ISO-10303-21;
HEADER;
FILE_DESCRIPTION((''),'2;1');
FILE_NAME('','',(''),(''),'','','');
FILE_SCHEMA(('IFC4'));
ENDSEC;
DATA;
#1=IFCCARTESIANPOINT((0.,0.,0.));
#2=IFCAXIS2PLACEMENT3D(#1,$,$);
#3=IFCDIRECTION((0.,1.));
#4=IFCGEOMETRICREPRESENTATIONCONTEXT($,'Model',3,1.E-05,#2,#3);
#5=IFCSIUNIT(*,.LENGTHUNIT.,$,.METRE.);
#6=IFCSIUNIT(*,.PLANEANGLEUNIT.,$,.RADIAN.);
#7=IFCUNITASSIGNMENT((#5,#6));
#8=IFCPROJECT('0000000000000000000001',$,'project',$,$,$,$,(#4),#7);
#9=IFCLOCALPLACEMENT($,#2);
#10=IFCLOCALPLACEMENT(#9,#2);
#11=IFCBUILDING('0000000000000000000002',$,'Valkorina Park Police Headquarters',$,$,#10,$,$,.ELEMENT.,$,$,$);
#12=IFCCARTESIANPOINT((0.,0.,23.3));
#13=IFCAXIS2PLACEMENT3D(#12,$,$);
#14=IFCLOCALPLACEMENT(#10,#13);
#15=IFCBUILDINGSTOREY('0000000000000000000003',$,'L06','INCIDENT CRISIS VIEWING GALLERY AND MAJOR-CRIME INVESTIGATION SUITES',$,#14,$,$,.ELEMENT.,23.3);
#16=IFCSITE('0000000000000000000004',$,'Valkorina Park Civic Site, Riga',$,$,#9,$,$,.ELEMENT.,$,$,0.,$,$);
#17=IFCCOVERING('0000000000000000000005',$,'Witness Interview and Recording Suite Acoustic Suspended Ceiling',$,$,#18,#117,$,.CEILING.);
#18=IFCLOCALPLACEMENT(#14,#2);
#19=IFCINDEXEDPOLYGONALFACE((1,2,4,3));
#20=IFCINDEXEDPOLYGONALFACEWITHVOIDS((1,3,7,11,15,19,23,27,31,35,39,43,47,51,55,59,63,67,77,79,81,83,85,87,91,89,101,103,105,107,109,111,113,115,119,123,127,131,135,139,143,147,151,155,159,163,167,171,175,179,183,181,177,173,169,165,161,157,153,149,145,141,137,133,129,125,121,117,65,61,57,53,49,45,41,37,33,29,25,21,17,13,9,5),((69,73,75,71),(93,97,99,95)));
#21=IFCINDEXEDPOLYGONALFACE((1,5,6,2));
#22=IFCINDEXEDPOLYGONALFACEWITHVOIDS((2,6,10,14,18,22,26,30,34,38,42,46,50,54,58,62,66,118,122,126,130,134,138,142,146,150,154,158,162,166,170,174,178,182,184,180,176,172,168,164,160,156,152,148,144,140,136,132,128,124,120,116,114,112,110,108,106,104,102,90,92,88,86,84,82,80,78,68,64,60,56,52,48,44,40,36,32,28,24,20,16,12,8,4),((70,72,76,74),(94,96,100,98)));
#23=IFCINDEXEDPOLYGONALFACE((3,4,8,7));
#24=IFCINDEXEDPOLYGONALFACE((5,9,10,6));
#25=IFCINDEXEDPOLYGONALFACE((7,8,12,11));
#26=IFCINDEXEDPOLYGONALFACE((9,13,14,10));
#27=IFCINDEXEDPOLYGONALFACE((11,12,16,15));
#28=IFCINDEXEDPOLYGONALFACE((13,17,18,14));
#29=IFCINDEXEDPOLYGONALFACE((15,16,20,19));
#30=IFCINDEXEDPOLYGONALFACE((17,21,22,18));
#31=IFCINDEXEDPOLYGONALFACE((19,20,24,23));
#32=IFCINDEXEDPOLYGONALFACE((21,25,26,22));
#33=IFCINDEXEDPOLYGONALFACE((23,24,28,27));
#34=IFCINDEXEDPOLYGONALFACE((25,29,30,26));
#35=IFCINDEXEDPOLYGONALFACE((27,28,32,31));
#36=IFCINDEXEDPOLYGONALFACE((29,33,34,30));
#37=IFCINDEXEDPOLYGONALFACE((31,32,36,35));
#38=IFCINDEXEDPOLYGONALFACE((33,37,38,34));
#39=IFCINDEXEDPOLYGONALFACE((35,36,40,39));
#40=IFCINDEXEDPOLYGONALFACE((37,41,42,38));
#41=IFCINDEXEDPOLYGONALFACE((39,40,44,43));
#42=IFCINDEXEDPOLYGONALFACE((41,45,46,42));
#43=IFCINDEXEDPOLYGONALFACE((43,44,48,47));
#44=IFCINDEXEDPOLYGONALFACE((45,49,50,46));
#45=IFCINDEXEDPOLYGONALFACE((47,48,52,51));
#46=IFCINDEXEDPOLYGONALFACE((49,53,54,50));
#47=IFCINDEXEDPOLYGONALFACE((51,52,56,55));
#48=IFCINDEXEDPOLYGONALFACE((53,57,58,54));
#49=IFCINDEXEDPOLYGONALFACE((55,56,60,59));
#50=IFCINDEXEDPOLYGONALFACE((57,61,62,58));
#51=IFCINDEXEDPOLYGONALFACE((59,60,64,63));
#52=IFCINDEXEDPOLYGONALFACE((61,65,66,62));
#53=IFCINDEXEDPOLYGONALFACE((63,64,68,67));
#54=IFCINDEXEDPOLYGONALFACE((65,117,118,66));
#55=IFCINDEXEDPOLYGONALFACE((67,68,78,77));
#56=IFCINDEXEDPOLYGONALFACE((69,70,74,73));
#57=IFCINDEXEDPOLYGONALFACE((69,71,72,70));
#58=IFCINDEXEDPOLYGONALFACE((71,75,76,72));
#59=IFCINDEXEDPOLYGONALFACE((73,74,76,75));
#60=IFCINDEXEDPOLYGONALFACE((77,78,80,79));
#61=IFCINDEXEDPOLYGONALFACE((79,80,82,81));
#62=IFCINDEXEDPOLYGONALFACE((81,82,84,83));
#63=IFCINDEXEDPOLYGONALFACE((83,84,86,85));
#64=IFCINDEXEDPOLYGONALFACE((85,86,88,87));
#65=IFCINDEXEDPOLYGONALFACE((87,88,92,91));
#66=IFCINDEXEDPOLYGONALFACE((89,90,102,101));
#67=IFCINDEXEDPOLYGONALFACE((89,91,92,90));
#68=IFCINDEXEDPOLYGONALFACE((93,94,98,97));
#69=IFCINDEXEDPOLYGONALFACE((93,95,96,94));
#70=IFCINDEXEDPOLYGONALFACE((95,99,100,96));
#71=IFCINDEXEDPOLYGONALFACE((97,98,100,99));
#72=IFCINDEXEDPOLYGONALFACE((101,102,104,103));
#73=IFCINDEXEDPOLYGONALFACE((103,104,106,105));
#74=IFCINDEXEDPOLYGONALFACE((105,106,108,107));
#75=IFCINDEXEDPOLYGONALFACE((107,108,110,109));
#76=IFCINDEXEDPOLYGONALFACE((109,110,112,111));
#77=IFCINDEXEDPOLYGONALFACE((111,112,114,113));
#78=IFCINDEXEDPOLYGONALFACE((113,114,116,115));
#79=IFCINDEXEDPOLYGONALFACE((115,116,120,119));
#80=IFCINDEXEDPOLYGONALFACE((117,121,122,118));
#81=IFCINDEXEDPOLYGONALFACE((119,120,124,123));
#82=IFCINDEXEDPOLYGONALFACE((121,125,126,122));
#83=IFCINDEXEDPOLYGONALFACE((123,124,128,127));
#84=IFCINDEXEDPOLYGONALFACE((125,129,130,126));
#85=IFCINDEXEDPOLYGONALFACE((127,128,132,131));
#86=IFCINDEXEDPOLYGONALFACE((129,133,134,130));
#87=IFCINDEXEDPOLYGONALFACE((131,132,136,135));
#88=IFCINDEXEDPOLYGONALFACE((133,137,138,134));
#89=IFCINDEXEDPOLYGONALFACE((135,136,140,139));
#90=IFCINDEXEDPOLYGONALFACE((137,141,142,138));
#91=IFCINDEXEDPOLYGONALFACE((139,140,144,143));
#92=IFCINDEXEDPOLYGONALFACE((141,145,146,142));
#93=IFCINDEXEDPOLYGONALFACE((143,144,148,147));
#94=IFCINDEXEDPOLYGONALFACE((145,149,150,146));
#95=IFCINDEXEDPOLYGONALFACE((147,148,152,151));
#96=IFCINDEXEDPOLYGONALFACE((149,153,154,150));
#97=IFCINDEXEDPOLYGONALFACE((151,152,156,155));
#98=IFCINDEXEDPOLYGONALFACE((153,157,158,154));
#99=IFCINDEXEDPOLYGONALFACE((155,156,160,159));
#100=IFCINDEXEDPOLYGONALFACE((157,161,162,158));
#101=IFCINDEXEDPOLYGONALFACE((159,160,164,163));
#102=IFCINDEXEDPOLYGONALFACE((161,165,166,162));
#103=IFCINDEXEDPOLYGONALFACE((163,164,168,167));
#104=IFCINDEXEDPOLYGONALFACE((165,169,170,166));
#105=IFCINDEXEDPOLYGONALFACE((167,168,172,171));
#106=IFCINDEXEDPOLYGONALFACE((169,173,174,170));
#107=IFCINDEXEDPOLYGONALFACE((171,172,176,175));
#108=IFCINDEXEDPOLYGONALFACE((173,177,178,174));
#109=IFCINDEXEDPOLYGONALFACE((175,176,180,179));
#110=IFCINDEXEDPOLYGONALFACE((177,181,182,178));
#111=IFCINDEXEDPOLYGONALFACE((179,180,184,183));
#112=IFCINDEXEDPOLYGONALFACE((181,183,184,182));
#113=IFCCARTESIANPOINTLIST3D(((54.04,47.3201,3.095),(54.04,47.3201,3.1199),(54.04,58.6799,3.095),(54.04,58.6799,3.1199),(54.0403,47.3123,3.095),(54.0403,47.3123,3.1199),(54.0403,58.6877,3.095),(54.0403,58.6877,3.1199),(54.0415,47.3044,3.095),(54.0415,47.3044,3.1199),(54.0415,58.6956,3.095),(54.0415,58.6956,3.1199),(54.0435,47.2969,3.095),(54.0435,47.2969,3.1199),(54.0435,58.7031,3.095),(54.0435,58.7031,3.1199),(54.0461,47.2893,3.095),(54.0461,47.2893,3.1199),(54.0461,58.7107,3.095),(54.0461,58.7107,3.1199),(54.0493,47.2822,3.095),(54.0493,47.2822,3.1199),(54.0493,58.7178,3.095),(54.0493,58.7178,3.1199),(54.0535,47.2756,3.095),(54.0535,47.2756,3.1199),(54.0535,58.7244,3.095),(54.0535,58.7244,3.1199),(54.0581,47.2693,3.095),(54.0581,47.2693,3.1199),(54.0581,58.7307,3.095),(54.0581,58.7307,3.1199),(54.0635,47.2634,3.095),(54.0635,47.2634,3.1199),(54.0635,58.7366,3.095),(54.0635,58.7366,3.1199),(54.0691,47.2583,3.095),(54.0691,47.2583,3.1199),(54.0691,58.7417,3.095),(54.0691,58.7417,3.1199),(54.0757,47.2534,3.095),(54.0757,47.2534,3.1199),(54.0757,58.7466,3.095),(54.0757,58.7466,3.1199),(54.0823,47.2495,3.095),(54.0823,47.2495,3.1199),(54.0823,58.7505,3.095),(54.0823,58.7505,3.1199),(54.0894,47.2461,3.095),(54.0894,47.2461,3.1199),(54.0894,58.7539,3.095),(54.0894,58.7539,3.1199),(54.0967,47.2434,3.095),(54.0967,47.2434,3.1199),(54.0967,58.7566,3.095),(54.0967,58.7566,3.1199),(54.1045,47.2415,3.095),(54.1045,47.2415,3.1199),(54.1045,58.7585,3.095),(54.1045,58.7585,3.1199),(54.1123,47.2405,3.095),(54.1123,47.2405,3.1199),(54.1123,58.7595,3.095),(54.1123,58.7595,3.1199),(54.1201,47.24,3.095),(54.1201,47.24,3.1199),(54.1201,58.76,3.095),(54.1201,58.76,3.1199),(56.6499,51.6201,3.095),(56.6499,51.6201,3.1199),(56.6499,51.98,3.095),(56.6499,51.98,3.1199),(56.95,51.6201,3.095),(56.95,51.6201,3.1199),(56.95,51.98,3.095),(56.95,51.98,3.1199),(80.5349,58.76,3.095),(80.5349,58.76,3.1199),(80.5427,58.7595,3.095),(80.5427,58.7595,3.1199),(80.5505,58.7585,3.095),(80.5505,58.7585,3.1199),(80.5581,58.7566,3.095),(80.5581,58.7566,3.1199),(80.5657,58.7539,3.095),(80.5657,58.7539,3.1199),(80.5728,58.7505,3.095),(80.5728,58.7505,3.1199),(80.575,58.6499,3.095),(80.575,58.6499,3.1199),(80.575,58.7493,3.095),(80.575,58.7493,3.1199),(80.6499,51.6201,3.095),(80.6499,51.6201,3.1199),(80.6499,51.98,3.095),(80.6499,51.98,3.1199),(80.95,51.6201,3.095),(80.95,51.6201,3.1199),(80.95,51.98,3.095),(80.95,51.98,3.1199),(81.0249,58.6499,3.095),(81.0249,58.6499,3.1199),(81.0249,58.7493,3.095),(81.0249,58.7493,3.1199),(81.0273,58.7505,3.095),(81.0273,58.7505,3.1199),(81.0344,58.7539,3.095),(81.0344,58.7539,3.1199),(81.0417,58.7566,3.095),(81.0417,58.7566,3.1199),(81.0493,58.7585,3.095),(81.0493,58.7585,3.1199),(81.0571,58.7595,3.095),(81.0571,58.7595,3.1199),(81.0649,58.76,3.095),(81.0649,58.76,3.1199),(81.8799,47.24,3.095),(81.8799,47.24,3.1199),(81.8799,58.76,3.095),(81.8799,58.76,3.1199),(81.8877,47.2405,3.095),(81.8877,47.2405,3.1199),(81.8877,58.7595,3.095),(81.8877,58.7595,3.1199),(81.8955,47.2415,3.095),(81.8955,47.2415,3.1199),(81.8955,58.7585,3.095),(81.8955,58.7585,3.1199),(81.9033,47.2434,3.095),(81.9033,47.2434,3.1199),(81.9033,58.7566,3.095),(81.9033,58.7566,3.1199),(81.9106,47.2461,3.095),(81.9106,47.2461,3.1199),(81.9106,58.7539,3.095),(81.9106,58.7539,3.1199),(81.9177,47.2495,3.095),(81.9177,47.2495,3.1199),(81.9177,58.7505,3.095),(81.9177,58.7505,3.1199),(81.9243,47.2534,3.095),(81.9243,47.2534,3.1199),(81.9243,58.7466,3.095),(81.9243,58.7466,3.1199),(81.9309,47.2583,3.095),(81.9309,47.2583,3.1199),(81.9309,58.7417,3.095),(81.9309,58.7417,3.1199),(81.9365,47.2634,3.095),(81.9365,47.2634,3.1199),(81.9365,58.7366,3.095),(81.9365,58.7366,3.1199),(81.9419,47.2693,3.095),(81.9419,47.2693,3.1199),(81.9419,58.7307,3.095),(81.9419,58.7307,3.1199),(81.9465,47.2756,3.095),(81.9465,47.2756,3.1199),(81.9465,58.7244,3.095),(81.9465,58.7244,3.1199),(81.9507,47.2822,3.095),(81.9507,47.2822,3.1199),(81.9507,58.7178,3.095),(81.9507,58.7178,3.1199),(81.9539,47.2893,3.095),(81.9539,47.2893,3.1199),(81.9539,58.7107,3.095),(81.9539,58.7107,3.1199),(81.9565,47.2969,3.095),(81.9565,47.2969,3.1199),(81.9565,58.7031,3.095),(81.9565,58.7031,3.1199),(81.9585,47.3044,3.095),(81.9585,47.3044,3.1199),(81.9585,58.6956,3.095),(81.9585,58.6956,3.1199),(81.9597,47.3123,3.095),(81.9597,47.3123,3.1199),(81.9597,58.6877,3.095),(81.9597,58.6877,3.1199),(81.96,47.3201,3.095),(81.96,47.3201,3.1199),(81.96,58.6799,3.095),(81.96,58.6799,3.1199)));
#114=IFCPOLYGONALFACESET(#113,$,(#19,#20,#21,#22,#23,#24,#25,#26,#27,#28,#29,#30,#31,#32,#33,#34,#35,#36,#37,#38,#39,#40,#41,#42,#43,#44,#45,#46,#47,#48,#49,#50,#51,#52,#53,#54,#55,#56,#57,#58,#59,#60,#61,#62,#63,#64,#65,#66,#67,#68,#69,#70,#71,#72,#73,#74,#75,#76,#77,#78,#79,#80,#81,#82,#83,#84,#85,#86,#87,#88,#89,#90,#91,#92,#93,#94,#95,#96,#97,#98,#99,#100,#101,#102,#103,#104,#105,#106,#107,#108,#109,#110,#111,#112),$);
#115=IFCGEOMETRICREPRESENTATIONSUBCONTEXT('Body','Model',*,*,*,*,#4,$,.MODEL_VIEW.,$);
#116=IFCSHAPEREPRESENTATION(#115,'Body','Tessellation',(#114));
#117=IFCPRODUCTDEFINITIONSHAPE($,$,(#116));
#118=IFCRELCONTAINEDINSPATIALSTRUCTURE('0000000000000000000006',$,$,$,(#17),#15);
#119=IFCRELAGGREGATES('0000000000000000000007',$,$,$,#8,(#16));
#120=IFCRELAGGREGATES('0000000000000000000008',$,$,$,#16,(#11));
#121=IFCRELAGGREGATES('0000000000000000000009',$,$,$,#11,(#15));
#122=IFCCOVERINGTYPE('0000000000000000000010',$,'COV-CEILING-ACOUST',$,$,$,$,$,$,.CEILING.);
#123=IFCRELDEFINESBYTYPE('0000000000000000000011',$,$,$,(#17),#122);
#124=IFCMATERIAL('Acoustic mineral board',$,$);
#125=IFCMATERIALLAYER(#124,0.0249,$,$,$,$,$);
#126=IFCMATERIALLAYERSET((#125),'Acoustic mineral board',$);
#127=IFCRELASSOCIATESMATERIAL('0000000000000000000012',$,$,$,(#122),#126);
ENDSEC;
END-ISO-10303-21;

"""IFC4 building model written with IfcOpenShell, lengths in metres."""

from ifc_helpers import new_model, si_unit, direction, frame, origin, place, context, subcontext, project, spatial, polyline, outline, extrude, material, layer, layer_set, type_object, element, save


model = new_model("IFC4")

# Units and contexts
model_context = context("Model", 3, precision=1e-05, world=origin(), true_north=direction((0.0, 1.0)))
body_context = subcontext(model_context, "Body", "Model", "MODEL_VIEW")
ifc_project = project(units=[si_unit("LENGTHUNIT", "METRE"), si_unit("PLANEANGLEUNIT", "RADIAN")], contexts=[model_context])

# Site, building, storey
site_placement = place(None, origin())
site = spatial("IfcSite", under=ifc_project, at=site_placement, Name="Valkorina Park Civic Site, Riga", CompositionType="ELEMENT", RefElevation=0.0)
building_placement = place(site_placement, origin())
building = spatial("IfcBuilding", under=site, at=building_placement, Name="Valkorina Park Police Headquarters", CompositionType="ELEMENT")
storey_placement = place(building_placement, frame((0.0, 0.0, 23.3)))
storey = spatial("IfcBuildingStorey", under=building, at=storey_placement, Name="L06", Description="INCIDENT CRISIS VIEWING GALLERY AND MAJOR-CRIME INVESTIGATION SUITES", CompositionType="ELEMENT", Elevation=23.3)

# Covering
ifc_material_1 = material(Name="Acoustic mineral board")
ifc_layer_1 = layer(ifc_material_1, 0.0249)
ifc_layer_set_1 = layer_set([ifc_layer_1], Name="Acoustic mineral board")
covering_type_1 = type_object("IfcCoveringType", Name="COV-CEILING-ACOUST", PredefinedType="CEILING", material=ifc_layer_set_1)
covering_1_placement = place(storey_placement, frame((0.0, 0.0, 3.095)))
element("IfcCovering", 1, at=covering_1_placement, inside=storey, type_object=covering_type_1, Name="Witness Interview and Recording Suite Acoustic Suspended Ceiling", PredefinedType="CEILING", context=body_context, shape_type="SweptSolid", body=[
    extrude(outline(polyline([(80.5505, 58.7585), (80.5427, 58.7595), (80.5349, 58.76), (54.1201, 58.76), (54.1123, 58.7595), (54.1045, 58.7585), (54.0967, 58.7566), (54.0894, 58.7539), (54.0823, 58.7505), (54.0757, 58.7466), (54.0691, 58.7417), (54.0635, 58.7366), (54.0581, 58.7307), (54.0535, 58.7244), (54.0493, 58.7178), (54.0461, 58.7107), (54.0435, 58.7031), (54.0415, 58.6956), (54.0403, 58.6877), (54.04, 58.6799), (54.04, 47.3201), (54.0403, 47.3123), (54.0415, 47.3044), (54.0435, 47.2969), (54.0461, 47.2893), (54.0493, 47.2822), (54.0535, 47.2756), (54.0581, 47.2693), (54.0635, 47.2634), (54.0691, 47.2583), (54.0757, 47.2534), (54.0823, 47.2495), (54.0894, 47.2461), (54.0967, 47.2434), (54.1045, 47.2415), (54.1123, 47.2405), (54.1201, 47.24), (81.8799, 47.24), (81.8877, 47.2405), (81.8955, 47.2415), (81.9033, 47.2434), (81.9106, 47.2461), (81.9177, 47.2495), (81.9243, 47.2534), (81.9309, 47.2583), (81.9365, 47.2634), (81.9419, 47.2693), (81.9465, 47.2756), (81.9507, 47.2822), (81.9539, 47.2893), (81.9565, 47.2969), (81.9585, 47.3044), (81.9597, 47.3123), (81.96, 47.3201), (81.96, 58.6799), (81.9597, 58.6877), (81.9585, 58.6956), (81.9565, 58.7031), (81.9539, 58.7107), (81.9507, 58.7178), (81.9465, 58.7244), (81.9419, 58.7307), (81.9365, 58.7366), (81.9309, 58.7417), (81.9243, 58.7466), (81.9177, 58.7505), (81.9106, 58.7539), (81.9033, 58.7566), (81.8955, 58.7585), (81.8877, 58.7595), (81.8799, 58.76), (81.0649, 58.76), (81.0571, 58.7595), (81.0493, 58.7585), (81.0417, 58.7566), (81.0344, 58.7539), (81.0273, 58.7505), (81.0249, 58.7493), (81.0249, 58.6499), (80.575, 58.6499), (80.575, 58.7493), (80.5728, 58.7505), (80.5657, 58.7539), (80.5581, 58.7566), (80.5505, 58.7585)]), holes=[polyline([(80.6499, 51.98), (80.95, 51.98), (80.95, 51.6201), (80.6499, 51.6201), (80.6499, 51.98)]), polyline([(56.6499, 51.98), (56.95, 51.98), (56.95, 51.6201), (56.6499, 51.6201), (56.6499, 51.98)])]), origin(), (0.0, 0.0, 1.0), 0.0249),
])

save(model, "model.ifc")
